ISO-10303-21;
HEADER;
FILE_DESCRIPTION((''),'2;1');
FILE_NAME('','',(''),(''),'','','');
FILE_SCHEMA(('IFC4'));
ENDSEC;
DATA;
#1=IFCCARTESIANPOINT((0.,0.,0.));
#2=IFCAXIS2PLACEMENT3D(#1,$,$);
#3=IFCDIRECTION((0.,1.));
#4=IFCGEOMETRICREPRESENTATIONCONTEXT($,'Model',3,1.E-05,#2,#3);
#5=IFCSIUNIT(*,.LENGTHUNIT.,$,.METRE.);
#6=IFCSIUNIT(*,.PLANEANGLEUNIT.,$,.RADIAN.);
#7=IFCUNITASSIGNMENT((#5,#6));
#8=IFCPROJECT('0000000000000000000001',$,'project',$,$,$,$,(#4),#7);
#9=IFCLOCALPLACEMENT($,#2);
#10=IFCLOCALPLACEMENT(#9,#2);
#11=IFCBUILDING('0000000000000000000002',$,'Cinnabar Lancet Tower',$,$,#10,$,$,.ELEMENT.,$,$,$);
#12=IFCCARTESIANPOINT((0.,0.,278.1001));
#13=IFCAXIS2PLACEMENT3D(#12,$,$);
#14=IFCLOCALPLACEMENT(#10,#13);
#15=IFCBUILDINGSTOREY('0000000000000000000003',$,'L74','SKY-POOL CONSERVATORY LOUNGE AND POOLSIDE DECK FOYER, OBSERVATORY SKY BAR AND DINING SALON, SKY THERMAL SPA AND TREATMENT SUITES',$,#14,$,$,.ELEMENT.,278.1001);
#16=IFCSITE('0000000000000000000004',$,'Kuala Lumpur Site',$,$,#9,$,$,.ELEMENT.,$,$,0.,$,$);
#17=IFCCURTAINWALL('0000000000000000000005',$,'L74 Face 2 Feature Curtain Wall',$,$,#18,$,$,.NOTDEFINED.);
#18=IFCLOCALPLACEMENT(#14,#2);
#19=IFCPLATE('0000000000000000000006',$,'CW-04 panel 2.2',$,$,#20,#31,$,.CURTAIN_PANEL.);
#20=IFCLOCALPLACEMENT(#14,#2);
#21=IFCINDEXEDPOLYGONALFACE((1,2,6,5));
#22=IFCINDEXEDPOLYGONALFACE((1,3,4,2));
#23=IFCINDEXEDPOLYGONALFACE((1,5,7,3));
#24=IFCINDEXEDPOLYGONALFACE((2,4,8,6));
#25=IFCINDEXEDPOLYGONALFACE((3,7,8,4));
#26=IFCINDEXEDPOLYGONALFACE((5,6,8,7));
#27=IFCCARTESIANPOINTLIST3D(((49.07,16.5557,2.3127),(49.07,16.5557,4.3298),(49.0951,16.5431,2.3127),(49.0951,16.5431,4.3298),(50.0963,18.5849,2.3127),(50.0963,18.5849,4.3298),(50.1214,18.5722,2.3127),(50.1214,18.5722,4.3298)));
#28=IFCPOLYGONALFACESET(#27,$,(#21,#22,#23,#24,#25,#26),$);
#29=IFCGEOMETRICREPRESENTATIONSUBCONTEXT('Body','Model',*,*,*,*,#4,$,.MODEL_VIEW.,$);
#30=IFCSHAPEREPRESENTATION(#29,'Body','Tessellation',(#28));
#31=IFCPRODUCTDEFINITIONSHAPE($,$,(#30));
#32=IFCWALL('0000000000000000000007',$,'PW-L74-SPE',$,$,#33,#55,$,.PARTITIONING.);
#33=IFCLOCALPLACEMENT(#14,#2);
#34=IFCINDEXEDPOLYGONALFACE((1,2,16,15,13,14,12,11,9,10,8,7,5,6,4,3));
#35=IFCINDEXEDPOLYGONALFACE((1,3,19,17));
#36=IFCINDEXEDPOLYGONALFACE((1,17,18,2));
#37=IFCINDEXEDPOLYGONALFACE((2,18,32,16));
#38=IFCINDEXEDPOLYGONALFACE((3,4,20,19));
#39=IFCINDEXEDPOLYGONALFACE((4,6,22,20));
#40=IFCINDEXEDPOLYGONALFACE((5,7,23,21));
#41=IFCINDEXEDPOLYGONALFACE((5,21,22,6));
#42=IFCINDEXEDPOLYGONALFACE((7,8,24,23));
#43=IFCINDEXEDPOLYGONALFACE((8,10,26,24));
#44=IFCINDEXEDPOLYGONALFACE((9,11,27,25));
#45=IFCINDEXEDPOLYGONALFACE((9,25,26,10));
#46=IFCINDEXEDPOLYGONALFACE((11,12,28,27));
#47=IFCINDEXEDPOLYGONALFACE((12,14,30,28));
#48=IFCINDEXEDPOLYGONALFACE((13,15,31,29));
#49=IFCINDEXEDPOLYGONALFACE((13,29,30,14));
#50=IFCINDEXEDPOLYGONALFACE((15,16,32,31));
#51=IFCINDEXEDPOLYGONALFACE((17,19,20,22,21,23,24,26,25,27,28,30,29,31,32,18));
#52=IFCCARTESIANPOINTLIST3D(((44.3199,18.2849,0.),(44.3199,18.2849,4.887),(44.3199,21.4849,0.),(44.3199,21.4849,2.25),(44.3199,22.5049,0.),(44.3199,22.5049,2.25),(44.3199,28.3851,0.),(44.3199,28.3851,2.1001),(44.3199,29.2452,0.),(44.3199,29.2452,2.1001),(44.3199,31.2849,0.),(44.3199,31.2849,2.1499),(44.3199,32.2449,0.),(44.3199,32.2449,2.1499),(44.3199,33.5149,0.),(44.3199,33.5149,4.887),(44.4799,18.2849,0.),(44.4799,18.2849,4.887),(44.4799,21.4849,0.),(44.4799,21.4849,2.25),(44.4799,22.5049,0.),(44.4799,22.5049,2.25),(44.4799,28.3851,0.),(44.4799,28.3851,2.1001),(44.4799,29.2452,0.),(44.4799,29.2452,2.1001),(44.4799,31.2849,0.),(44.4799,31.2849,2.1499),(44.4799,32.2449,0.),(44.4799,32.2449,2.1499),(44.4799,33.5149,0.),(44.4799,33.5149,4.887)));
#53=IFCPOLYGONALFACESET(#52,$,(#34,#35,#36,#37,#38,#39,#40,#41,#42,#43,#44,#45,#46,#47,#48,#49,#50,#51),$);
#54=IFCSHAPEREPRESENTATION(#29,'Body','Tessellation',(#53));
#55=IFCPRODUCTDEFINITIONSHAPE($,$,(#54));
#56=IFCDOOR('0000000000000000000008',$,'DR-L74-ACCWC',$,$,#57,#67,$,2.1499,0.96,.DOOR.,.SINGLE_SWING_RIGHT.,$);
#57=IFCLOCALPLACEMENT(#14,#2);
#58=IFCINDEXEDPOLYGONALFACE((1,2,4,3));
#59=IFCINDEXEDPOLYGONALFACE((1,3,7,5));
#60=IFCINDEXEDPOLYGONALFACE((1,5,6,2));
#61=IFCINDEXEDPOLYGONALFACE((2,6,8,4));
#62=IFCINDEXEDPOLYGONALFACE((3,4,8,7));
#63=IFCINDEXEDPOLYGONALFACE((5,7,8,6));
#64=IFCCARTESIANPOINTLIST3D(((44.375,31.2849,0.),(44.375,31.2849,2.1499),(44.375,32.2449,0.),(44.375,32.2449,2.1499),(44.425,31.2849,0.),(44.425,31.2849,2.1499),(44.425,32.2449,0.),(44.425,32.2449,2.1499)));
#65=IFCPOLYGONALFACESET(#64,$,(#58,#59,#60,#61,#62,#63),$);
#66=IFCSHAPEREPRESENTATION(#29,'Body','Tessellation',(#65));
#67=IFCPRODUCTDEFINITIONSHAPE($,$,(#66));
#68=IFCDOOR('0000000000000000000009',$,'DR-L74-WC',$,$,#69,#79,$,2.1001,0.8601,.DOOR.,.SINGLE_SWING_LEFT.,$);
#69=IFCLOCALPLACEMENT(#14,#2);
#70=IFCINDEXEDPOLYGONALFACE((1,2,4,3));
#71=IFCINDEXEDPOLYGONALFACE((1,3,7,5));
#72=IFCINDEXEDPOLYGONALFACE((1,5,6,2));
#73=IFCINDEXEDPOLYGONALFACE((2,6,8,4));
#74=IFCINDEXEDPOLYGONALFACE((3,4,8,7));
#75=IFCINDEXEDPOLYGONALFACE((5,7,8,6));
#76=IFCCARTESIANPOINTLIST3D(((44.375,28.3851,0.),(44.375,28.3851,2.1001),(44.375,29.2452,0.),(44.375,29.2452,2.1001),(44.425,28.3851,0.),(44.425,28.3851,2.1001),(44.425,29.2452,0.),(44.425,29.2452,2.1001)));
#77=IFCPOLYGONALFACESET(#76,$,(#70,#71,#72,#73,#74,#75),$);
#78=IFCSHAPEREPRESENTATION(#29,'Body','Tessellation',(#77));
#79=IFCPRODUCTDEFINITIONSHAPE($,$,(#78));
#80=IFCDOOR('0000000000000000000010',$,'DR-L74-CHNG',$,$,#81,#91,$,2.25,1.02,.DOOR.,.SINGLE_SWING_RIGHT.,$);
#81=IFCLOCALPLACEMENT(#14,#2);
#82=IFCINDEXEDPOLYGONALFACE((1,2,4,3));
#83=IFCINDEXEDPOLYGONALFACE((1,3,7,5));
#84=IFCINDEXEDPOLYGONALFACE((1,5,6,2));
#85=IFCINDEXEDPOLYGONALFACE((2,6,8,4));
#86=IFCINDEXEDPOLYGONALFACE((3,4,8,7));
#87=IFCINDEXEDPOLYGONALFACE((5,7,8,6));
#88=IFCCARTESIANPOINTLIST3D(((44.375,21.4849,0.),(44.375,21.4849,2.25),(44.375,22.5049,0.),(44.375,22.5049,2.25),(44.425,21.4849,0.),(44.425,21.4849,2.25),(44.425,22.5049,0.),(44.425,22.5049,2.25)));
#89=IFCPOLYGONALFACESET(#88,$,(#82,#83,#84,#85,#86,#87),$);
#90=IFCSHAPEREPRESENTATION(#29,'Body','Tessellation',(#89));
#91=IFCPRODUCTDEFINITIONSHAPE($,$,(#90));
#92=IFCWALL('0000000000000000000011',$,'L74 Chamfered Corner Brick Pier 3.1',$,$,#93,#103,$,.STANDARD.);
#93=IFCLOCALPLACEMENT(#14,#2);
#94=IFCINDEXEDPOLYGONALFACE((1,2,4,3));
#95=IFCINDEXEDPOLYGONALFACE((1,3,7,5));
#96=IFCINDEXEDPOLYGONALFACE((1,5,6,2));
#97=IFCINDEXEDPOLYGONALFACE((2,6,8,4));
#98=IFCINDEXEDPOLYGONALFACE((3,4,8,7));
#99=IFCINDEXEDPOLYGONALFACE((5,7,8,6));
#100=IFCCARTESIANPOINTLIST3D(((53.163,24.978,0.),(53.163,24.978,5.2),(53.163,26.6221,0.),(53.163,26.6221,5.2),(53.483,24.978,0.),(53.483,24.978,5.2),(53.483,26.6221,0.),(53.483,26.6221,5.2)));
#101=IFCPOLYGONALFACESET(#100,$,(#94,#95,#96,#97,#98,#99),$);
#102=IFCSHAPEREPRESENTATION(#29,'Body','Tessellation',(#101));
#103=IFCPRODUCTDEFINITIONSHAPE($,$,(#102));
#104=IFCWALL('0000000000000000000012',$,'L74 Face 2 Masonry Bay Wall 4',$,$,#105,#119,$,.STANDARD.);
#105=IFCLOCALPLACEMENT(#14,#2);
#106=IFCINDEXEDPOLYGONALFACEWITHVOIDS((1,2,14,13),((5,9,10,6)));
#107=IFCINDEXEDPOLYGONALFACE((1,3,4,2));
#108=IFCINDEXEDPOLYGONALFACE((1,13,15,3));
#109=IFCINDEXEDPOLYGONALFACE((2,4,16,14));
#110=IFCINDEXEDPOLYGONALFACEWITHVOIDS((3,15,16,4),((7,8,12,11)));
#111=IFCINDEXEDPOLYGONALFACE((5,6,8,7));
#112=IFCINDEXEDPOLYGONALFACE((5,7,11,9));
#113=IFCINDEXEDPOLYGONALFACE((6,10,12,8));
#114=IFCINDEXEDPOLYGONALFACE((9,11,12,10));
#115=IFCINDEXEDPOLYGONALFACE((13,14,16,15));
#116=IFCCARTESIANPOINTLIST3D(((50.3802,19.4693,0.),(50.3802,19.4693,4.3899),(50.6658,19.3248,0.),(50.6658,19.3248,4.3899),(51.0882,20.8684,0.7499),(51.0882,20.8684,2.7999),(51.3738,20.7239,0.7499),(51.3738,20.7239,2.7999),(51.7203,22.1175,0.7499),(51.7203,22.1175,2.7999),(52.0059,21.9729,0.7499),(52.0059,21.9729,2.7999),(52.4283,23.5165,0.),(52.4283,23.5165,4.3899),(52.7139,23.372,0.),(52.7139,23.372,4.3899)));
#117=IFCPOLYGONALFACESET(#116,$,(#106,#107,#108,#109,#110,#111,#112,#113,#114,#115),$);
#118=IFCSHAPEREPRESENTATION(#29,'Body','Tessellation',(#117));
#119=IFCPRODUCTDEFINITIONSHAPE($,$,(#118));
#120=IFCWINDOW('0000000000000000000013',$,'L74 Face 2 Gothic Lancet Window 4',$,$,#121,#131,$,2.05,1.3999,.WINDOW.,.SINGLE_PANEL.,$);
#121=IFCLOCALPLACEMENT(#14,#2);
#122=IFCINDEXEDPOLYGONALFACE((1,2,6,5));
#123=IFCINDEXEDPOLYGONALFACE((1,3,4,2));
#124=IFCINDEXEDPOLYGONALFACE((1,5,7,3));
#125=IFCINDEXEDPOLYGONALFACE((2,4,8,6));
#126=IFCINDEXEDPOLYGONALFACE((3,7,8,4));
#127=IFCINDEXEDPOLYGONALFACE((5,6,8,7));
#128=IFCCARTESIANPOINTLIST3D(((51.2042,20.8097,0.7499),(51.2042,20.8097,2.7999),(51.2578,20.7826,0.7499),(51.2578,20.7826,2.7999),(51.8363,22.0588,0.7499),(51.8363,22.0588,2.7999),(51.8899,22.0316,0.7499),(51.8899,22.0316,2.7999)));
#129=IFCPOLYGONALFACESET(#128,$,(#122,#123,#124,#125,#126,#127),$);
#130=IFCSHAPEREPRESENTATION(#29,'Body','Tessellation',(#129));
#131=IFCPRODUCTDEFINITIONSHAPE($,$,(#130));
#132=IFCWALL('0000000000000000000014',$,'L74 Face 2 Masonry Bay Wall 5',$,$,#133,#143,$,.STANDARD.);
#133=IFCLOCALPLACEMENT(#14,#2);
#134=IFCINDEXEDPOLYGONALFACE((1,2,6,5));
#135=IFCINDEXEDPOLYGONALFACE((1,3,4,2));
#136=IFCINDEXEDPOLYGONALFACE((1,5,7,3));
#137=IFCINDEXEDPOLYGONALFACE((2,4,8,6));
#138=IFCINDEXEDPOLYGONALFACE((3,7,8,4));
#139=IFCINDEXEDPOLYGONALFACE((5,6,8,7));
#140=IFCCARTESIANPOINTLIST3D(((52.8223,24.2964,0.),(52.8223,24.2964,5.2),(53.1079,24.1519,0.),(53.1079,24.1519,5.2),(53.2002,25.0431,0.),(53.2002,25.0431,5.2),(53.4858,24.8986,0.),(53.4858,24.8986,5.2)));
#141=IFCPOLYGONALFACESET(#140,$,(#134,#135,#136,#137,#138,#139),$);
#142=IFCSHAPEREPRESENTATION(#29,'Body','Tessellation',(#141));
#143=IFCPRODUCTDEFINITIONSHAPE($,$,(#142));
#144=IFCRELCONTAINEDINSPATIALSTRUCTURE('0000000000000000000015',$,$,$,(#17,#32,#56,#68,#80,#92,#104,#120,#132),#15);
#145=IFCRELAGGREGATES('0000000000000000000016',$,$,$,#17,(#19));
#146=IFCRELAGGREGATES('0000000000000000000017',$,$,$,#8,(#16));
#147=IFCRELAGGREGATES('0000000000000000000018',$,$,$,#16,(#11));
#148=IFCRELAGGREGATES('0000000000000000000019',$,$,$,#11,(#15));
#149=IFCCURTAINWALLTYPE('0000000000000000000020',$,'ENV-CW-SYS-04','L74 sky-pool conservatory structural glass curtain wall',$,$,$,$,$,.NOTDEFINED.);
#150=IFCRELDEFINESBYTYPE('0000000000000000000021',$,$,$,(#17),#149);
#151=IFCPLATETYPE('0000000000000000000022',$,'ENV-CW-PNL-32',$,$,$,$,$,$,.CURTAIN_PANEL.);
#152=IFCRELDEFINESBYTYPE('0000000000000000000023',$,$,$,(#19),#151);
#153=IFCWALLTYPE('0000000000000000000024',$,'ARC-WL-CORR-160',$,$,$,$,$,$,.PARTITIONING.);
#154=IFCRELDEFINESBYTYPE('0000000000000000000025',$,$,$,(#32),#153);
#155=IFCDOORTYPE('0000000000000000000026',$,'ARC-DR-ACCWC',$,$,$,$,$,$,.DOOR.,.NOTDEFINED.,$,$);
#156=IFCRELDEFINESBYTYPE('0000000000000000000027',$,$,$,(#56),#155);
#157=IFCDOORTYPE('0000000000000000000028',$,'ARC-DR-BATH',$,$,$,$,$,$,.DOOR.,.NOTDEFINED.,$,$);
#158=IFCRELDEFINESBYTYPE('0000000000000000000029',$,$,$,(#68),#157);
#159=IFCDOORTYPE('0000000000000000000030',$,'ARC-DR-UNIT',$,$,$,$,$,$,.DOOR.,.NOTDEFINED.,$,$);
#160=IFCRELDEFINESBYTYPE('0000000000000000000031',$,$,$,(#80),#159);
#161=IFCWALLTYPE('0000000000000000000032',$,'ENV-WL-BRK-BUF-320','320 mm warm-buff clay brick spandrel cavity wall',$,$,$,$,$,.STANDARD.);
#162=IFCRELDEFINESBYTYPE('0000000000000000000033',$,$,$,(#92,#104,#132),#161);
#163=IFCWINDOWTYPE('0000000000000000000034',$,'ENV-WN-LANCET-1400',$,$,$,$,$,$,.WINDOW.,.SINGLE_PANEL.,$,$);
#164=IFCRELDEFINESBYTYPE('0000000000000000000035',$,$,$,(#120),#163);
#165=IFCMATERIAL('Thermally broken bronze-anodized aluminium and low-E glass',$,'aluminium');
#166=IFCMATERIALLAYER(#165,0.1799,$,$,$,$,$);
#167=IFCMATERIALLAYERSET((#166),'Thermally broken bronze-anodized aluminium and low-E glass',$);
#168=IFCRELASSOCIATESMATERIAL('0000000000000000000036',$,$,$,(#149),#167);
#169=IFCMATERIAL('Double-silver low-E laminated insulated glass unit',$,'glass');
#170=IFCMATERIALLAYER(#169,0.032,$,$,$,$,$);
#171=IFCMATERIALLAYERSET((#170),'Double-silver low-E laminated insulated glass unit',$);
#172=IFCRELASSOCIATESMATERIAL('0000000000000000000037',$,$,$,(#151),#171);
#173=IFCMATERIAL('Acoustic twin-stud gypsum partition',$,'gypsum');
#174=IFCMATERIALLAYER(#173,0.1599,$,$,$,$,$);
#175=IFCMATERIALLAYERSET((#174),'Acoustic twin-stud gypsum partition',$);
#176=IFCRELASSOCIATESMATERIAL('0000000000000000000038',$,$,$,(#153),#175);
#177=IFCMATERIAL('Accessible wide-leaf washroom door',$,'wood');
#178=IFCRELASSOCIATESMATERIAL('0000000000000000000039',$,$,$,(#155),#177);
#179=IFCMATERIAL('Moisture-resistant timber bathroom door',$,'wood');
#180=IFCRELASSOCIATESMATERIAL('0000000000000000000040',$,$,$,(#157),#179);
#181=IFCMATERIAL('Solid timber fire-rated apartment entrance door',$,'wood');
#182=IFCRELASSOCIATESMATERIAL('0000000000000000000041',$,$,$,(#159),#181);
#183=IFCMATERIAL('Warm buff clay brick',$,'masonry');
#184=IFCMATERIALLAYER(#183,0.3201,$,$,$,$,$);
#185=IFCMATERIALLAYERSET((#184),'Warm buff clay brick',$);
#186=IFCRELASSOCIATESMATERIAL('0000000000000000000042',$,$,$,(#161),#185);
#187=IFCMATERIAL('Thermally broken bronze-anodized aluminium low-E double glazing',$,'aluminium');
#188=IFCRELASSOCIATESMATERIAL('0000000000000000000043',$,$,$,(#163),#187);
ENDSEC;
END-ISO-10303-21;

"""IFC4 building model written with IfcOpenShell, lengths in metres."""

from ifc_helpers import new_model, si_unit, direction, frame, frame_2d, origin, origin_2d, place, context, subcontext, project, spatial, rectangle, extrude, material, layer, layer_set, type_object, element, fill, aggregate, save


model = new_model("IFC4")

# Units and contexts
model_context = context("Model", 3, precision=1e-05, world=origin(), true_north=direction((0.0, 1.0)))
body_context = subcontext(model_context, "Body", "Model", "MODEL_VIEW")
ifc_project = project(units=[si_unit("LENGTHUNIT", "METRE"), si_unit("PLANEANGLEUNIT", "RADIAN")], contexts=[model_context])

# Site, building, storey
site_placement = place(None, origin())
site = spatial("IfcSite", under=ifc_project, at=site_placement, Name="Kuala Lumpur Site", CompositionType="ELEMENT", RefElevation=0.0)
building_placement = place(site_placement, origin())
building = spatial("IfcBuilding", under=site, at=building_placement, Name="Cinnabar Lancet Tower", CompositionType="ELEMENT")
storey_placement = place(building_placement, frame((0.0, 0.0, 278.1001)))
storey = spatial("IfcBuildingStorey", under=building, at=storey_placement, Name="L74", Description="SKY-POOL CONSERVATORY LOUNGE AND POOLSIDE DECK FOYER, OBSERVATORY SKY BAR AND DINING SALON, SKY THERMAL SPA AND TREATMENT SUITES", CompositionType="ELEMENT", Elevation=278.1001)

# Curtain wall
ifc_material_1 = material(Name="Thermally broken bronze-anodized aluminium and low-E glass", Category="aluminium")
ifc_layer_1 = layer(ifc_material_1, 0.1799)
ifc_layer_set_1 = layer_set([ifc_layer_1], Name="Thermally broken bronze-anodized aluminium and low-E glass")
curtain_wall_type = type_object("IfcCurtainWallType", Name="ENV-CW-SYS-04", Description="L74 sky-pool conservatory structural glass curtain wall", PredefinedType="NOTDEFINED", material=ifc_layer_set_1)
curtain_wall_placement = place(storey_placement, origin())
curtain_wall = element("IfcCurtainWall", 1, at=curtain_wall_placement, inside=storey, type_object=curtain_wall_type, Name="L74 Face 2 Feature Curtain Wall", PredefinedType="NOTDEFINED")

# Plate
ifc_material_2 = material(Name="Double-silver low-E laminated insulated glass unit", Category="glass")
ifc_layer_2 = layer(ifc_material_2, 0.032)
ifc_layer_set_2 = layer_set([ifc_layer_2], Name="Double-silver low-E laminated insulated glass unit")
plate_type = type_object("IfcPlateType", Name="ENV-CW-PNL-32", PredefinedType="CURTAIN_PANEL", material=ifc_layer_set_2)
plate_1_placement = place(storey_placement, frame((49.5957, 17.564, 2.3127), z_axis=(0.0, 0.0, 1.0), x_axis=(0.451354, 0.892345, 0.0)))
plate_1 = element("IfcPlate", 2, at=plate_1_placement, type_object=plate_type, Name="CW-04 panel 2.2", PredefinedType="CURTAIN_PANEL", context=body_context, shape_type="SweptSolid", body=[
    extrude(rectangle(XDim=2.2739, YDim=0.0281, at=origin_2d()), origin(), (0.0, 0.0, 1.0), 2.0171),
])
aggregate(curtain_wall, [plate_1])

# Wall, openings, doors
ifc_material_3 = material(Name="Acoustic twin-stud gypsum partition", Category="gypsum")
ifc_layer_3 = layer(ifc_material_3, 0.1599)
ifc_layer_set_3 = layer_set([ifc_layer_3], Name="Acoustic twin-stud gypsum partition")
wall_type_1 = type_object("IfcWallType", Name="ARC-WL-CORR-160", PredefinedType="PARTITIONING", material=ifc_layer_set_3)
wall_1_placement = place(storey_placement, frame((44.3999, 18.2849, 0.0), z_axis=(0.0, 0.0, 1.0), x_axis=(0.0, 1.0, 0.0)))
wall_1 = element("IfcWall", 3, at=wall_1_placement, inside=storey, type_object=wall_type_1, Name="PW-L74-SPE", PredefinedType="PARTITIONING", context=body_context, shape_type="SweptSolid", body=[
    extrude(rectangle(XDim=15.23, YDim=0.1599, at=frame_2d((7.615, 0.0))), origin(), (0.0, 0.0, 1.0), 4.887),
])
opening_1_placement = place(wall_1_placement, frame((3.2, 0.0, 0.0)))
opening_1 = element("IfcOpeningElement", 4, at=opening_1_placement, cuts=wall_1, PredefinedType="OPENING", context=body_context, shape_type="SweptSolid", body=[
    extrude(rectangle(XDim=1.02, YDim=2.25, at=frame_2d((0.51, 1.125))), frame((0.0, 0.0898, 0.0), z_axis=(0.0, -1.0, 0.0), x_axis=(1.0, 0.0, 0.0)), (0.0, 0.0, 1.0), 0.1799),
])
opening_2_placement = place(wall_1_placement, frame((10.1001, 0.0, 0.0)))
opening_2 = element("IfcOpeningElement", 5, at=opening_2_placement, cuts=wall_1, PredefinedType="OPENING", context=body_context, shape_type="SweptSolid", body=[
    extrude(rectangle(XDim=0.8601, YDim=2.1001, at=frame_2d((0.4302, 1.05))), frame((0.0, 0.0898, 0.0), z_axis=(0.0, -1.0, 0.0), x_axis=(1.0, 0.0, 0.0)), (0.0, 0.0, 1.0), 0.1799),
])
opening_3_placement = place(wall_1_placement, frame((13.0, 0.0, 0.0)))
opening_3 = element("IfcOpeningElement", 6, at=opening_3_placement, cuts=wall_1, PredefinedType="OPENING", context=body_context, shape_type="SweptSolid", body=[
    extrude(rectangle(XDim=0.96, YDim=2.1499, at=frame_2d((0.48, 1.075))), frame((0.0, 0.0898, 0.0), z_axis=(0.0, -1.0, 0.0), x_axis=(1.0, 0.0, 0.0)), (0.0, 0.0, 1.0), 0.1799),
])
ifc_material_4 = material(Name="Accessible wide-leaf washroom door", Category="wood")
door_type_1 = type_object("IfcDoorType", Name="ARC-DR-ACCWC", OperationType="NOTDEFINED", PredefinedType="DOOR", material=ifc_material_4)
door_1_placement = place(opening_3_placement, origin())
door_1 = element("IfcDoor", 7, at=door_1_placement, inside=storey, type_object=door_type_1, Name="DR-L74-ACCWC", OperationType="SINGLE_SWING_RIGHT", OverallHeight=2.1499, OverallWidth=0.96, PredefinedType="DOOR", context=body_context, shape_type="SweptSolid", body=[
    extrude(rectangle(XDim=0.96, YDim=2.1499, at=frame_2d((0.48, 1.075))), frame((0.0, 0.0249, 0.0), z_axis=(0.0, -1.0, 0.0), x_axis=(1.0, 0.0, 0.0)), (0.0, 0.0, 1.0), 0.05),
])
fill(opening_3, door_1)
ifc_material_5 = material(Name="Moisture-resistant timber bathroom door", Category="wood")
door_type_2 = type_object("IfcDoorType", Name="ARC-DR-BATH", OperationType="NOTDEFINED", PredefinedType="DOOR", material=ifc_material_5)
door_2_placement = place(opening_2_placement, origin())
door_2 = element("IfcDoor", 8, at=door_2_placement, inside=storey, type_object=door_type_2, Name="DR-L74-WC", OperationType="SINGLE_SWING_LEFT", OverallHeight=2.1001, OverallWidth=0.8601, PredefinedType="DOOR", context=body_context, shape_type="SweptSolid", body=[
    extrude(rectangle(XDim=0.8601, YDim=2.1001, at=frame_2d((0.4302, 1.05))), frame((0.0, 0.0249, 0.0), z_axis=(0.0, -1.0, 0.0), x_axis=(1.0, 0.0, 0.0)), (0.0, 0.0, 1.0), 0.05),
])
fill(opening_2, door_2)
ifc_material_6 = material(Name="Solid timber fire-rated apartment entrance door", Category="wood")
door_type_3 = type_object("IfcDoorType", Name="ARC-DR-UNIT", OperationType="NOTDEFINED", PredefinedType="DOOR", material=ifc_material_6)
door_3_placement = place(opening_1_placement, origin())
door_3 = element("IfcDoor", 9, at=door_3_placement, inside=storey, type_object=door_type_3, Name="DR-L74-CHNG", OperationType="SINGLE_SWING_RIGHT", OverallHeight=2.25, OverallWidth=1.02, PredefinedType="DOOR", context=body_context, shape_type="SweptSolid", body=[
    extrude(rectangle(XDim=1.02, YDim=2.25, at=frame_2d((0.51, 1.125))), frame((0.0, 0.0249, 0.0), z_axis=(0.0, -1.0, 0.0), x_axis=(1.0, 0.0, 0.0)), (0.0, 0.0, 1.0), 0.05),
])
fill(opening_1, door_3)

# Wall
ifc_material_7 = material(Name="Warm buff clay brick", Category="masonry")
ifc_layer_4 = layer(ifc_material_7, 0.3201)
ifc_layer_set_4 = layer_set([ifc_layer_4], Name="Warm buff clay brick")
wall_type_2 = type_object("IfcWallType", Name="ENV-WL-BRK-BUF-320", Description="320 mm warm-buff clay brick spandrel cavity wall", PredefinedType="STANDARD", material=ifc_layer_set_4)
wall_2_placement = place(storey_placement, frame((53.323, 24.978, 0.0), z_axis=(0.0, 0.0, 1.0), x_axis=(0.0, 1.0, 0.0)))
element("IfcWall", 10, at=wall_2_placement, inside=storey, type_object=wall_type_2, Name="L74 Chamfered Corner Brick Pier 3.1", PredefinedType="STANDARD", context=body_context, shape_type="SweptSolid", body=[
    extrude(rectangle(XDim=1.644, YDim=0.3201, at=frame_2d((0.822, 0.0))), origin(), (0.0, 0.0, 1.0), 5.2),
])

# Wall, opening, window
wall_3_placement = place(storey_placement, frame((50.5229, 19.397, 0.0), z_axis=(0.0, 0.0, 1.0), x_axis=(0.451536, 0.892253, 0.0)))
wall_3 = element("IfcWall", 11, at=wall_3_placement, inside=storey, type_object=wall_type_2, Name="L74 Face 2 Masonry Bay Wall 4", PredefinedType="STANDARD", context=body_context, shape_type="SweptSolid", body=[
    extrude(rectangle(XDim=4.5359, YDim=0.3201, at=frame_2d((2.2681, 0.0))), origin(), (0.0, 0.0, 1.0), 4.3899),
])
opening_4_placement = place(wall_3_placement, frame((1.5681, 0.0, 0.75)))
opening_4 = element("IfcOpeningElement", 12, at=opening_4_placement, cuts=wall_3, PredefinedType="OPENING", context=body_context, shape_type="SweptSolid", body=[
    extrude(rectangle(XDim=1.3999, YDim=2.05, at=frame_2d((0.7, 1.0249))), frame((0.0, 0.1699, 0.0), z_axis=(0.0, -1.0, 0.0), x_axis=(1.0, 0.0, 0.0)), (0.0, 0.0, 1.0), 0.3401),
])
ifc_material_8 = material(Name="Thermally broken bronze-anodized aluminium low-E double glazing", Category="aluminium")
window_type = type_object("IfcWindowType", Name="ENV-WN-LANCET-1400", PartitioningType="SINGLE_PANEL", PredefinedType="WINDOW", material=ifc_material_8)
window_placement = place(opening_4_placement, origin())
window = element("IfcWindow", 13, at=window_placement, inside=storey, type_object=window_type, Name="L74 Face 2 Gothic Lancet Window 4", OverallHeight=2.05, OverallWidth=1.3999, PartitioningType="SINGLE_PANEL", PredefinedType="WINDOW", context=body_context, shape_type="SweptSolid", body=[
    extrude(rectangle(XDim=1.3999, YDim=2.05, at=frame_2d((0.7, 1.0249))), frame((0.0, 0.03, 0.0), z_axis=(0.0, -1.0, 0.0), x_axis=(1.0, 0.0, 0.0)), (0.0, 0.0, 1.0), 0.0601),
])
fill(opening_4, window)

# Wall
wall_4_placement = place(storey_placement, frame((52.9651, 24.2241, 0.0), z_axis=(0.0, 0.0, 1.0), x_axis=(0.451525, 0.892258, 0.0)))
element("IfcWall", 14, at=wall_4_placement, inside=storey, type_object=wall_type_2, Name="L74 Face 2 Masonry Bay Wall 5", PredefinedType="STANDARD", context=body_context, shape_type="SweptSolid", body=[
    extrude(rectangle(XDim=0.8369, YDim=0.3201, at=frame_2d((0.4185, 0.0))), origin(), (0.0, 0.0, 1.0), 5.2),
])

save(model, "model.ifc")
